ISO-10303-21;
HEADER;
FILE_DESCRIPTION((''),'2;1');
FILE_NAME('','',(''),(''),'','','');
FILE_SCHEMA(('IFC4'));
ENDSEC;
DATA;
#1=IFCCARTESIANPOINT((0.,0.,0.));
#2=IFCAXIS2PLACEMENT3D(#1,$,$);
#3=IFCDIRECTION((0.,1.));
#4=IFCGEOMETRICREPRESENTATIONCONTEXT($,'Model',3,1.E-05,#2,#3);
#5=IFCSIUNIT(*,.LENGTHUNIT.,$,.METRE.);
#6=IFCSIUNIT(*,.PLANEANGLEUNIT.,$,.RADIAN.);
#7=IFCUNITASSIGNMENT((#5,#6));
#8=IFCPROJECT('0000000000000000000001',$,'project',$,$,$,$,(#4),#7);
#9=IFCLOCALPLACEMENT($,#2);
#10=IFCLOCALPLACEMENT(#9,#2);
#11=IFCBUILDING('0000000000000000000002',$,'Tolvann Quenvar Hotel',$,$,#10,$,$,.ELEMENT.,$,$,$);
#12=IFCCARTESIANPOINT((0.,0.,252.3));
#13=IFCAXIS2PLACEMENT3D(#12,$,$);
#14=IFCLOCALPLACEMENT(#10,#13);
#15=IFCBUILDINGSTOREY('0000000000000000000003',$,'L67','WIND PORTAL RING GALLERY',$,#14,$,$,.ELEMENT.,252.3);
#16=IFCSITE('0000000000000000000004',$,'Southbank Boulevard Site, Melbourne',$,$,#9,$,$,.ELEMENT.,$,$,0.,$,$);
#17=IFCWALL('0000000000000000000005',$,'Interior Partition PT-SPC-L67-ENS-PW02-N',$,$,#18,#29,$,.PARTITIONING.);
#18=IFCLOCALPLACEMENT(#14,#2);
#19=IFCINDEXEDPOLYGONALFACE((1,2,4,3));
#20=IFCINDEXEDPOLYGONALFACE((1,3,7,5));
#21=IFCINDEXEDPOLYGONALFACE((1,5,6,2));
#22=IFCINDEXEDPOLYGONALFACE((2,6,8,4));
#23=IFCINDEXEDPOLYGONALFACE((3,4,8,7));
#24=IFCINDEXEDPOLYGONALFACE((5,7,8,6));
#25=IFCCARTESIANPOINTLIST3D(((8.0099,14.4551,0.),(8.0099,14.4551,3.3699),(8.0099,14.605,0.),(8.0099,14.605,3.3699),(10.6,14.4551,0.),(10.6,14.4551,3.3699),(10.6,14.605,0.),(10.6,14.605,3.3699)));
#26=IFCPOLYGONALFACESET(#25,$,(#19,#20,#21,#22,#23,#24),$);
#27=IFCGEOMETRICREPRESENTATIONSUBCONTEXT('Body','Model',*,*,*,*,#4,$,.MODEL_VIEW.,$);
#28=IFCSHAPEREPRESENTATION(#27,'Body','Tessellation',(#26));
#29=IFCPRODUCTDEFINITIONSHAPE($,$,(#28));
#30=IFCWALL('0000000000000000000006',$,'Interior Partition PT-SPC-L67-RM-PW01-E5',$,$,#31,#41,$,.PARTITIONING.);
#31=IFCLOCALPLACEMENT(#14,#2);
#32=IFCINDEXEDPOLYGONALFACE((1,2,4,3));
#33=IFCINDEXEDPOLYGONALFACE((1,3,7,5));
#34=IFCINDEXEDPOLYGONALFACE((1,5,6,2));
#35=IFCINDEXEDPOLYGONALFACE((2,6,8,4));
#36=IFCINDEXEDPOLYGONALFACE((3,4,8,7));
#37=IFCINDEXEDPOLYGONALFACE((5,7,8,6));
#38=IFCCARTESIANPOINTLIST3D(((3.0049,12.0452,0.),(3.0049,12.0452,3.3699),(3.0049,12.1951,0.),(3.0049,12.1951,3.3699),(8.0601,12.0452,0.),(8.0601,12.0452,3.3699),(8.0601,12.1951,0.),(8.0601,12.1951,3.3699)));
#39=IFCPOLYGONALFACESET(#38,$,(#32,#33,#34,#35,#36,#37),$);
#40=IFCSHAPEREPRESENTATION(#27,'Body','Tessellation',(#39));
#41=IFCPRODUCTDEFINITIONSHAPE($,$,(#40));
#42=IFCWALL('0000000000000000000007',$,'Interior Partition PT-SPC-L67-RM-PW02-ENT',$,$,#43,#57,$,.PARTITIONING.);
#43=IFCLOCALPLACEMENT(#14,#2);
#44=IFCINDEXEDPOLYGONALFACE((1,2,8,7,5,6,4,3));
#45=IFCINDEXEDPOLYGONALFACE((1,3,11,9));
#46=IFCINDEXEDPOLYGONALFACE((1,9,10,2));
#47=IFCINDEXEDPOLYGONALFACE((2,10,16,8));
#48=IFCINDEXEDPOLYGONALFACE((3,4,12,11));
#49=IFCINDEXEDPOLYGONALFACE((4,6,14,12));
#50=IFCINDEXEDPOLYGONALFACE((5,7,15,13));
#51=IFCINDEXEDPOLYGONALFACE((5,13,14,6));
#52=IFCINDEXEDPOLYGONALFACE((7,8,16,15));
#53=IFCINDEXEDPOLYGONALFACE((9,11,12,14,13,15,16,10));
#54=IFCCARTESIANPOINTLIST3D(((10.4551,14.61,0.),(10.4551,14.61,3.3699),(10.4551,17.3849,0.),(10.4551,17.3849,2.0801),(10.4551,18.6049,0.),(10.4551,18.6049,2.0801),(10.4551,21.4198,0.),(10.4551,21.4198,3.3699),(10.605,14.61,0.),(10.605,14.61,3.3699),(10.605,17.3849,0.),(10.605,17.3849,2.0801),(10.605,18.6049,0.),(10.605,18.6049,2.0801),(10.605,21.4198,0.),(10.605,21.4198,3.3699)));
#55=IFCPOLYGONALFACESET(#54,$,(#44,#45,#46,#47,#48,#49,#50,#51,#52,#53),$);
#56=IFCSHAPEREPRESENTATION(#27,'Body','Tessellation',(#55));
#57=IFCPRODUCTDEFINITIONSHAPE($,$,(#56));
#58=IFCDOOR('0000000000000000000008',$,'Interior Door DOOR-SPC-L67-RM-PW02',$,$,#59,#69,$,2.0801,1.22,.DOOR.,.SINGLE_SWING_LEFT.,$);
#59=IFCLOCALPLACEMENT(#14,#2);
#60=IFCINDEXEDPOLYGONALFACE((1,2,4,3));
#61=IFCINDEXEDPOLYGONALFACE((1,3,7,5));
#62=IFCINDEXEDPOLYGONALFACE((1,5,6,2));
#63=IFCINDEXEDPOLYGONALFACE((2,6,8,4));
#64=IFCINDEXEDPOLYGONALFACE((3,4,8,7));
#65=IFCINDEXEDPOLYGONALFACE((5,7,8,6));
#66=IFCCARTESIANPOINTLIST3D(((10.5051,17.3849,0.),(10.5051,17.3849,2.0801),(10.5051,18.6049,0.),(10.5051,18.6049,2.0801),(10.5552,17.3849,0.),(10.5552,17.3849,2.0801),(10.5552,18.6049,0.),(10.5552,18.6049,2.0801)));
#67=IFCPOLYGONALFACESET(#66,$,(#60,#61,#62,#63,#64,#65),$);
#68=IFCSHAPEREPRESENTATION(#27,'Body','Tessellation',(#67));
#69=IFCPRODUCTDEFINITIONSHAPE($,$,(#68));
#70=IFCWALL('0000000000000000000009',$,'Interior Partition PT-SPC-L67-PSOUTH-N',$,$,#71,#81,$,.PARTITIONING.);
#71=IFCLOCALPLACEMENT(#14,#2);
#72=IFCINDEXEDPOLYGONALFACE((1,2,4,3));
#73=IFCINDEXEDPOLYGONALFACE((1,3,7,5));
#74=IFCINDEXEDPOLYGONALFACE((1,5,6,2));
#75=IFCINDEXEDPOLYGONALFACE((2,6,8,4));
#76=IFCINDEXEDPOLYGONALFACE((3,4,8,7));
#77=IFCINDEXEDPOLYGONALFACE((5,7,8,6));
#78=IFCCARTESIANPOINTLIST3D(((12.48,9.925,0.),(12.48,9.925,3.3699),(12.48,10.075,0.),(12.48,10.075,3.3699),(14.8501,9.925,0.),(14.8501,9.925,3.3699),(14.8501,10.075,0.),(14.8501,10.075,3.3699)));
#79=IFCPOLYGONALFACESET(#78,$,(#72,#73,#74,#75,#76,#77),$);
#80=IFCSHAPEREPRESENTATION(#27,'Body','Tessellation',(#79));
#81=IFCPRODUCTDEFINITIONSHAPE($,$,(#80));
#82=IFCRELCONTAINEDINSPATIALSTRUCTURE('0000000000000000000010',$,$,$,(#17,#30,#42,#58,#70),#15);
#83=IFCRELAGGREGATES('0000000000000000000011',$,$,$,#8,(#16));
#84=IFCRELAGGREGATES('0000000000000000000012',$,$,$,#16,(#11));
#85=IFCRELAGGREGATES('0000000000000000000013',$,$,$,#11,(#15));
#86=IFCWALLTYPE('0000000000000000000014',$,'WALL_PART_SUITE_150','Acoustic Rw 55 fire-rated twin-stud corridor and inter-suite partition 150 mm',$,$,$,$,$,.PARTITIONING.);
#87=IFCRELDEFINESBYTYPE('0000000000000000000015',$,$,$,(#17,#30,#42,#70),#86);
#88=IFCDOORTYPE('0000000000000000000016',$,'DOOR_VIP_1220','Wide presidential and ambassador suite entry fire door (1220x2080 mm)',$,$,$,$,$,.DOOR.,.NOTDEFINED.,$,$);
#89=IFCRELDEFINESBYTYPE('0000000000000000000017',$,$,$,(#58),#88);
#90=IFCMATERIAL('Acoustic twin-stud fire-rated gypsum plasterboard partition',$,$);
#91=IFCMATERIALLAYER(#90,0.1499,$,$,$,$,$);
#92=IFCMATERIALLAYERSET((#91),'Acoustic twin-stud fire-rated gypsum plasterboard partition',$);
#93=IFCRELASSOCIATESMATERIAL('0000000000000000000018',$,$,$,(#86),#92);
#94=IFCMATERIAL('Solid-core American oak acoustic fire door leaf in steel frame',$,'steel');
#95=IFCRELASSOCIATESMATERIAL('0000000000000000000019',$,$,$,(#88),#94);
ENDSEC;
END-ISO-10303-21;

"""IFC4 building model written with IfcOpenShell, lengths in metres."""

from ifc_helpers import new_model, si_unit, direction, frame, frame_2d, origin, place, context, subcontext, project, spatial, rectangle, extrude, source, transform, mapped, material, layer, layer_set, type_object, type_shapes, element, fill, save


model = new_model("IFC4")

# Units and contexts
model_context = context("Model", 3, precision=1e-05, world=origin(), true_north=direction((0.0, 1.0)))
body_context = subcontext(model_context, "Body", "Model", "MODEL_VIEW")
ifc_project = project(units=[si_unit("LENGTHUNIT", "METRE"), si_unit("PLANEANGLEUNIT", "RADIAN")], contexts=[model_context])

# Site, building, storey
site_placement = place(None, origin())
site = spatial("IfcSite", under=ifc_project, at=site_placement, Name="Southbank Boulevard Site, Melbourne", CompositionType="ELEMENT", RefElevation=0.0)
building_placement = place(site_placement, origin())
building = spatial("IfcBuilding", under=site, at=building_placement, Name="Tolvann Quenvar Hotel", CompositionType="ELEMENT")
storey_placement = place(building_placement, frame((0.0, 0.0, 252.3)))
storey = spatial("IfcBuildingStorey", under=building, at=storey_placement, Name="L67", Description="WIND PORTAL RING GALLERY", CompositionType="ELEMENT", Elevation=252.3)

# Shared definitions
ifc_material_1 = material(Name="Acoustic twin-stud fire-rated gypsum plasterboard partition")

# Shared definitions
ifc_layer_1 = layer(ifc_material_1, 0.1499)
ifc_layer_set_1 = layer_set([ifc_layer_1], Name="Acoustic twin-stud fire-rated gypsum plasterboard partition")
wall_type_1 = type_object("IfcWallType", Name="WALL_PART_SUITE_150", Description="Acoustic Rw 55 fire-rated twin-stud corridor and inter-suite partition 150 mm", PredefinedType="PARTITIONING", material=ifc_layer_set_1)
ifc_material_2 = material(Name="Solid-core American oak acoustic fire door leaf in steel frame", Category="steel")

# Walls
wall_1_placement = place(storey_placement, frame((8.01, 14.53, 0.0), z_axis=(0.0, 0.0, 1.0), x_axis=(1.0, 0.0, 0.0)))
element("IfcWall", 1, at=wall_1_placement, inside=storey, type_object=wall_type_1, Name="Interior Partition PT-SPC-L67-ENS-PW02-N", PredefinedType="PARTITIONING", context=body_context, shape_type="SweptSolid", body=[
    extrude(rectangle(XDim=2.5901, YDim=0.1499, at=frame_2d((1.2949, 0.0))), origin(), (0.0, 0.0, 1.0), 3.3699),
])
wall_2_placement = place(storey_placement, frame((3.0049, 12.1201, 0.0), z_axis=(0.0, 0.0, 1.0), x_axis=(1.0, 0.0, 0.0)))
element("IfcWall", 2, at=wall_2_placement, inside=storey, type_object=wall_type_1, Name="Interior Partition PT-SPC-L67-RM-PW01-E5", PredefinedType="PARTITIONING", context=body_context, shape_type="SweptSolid", body=[
    extrude(rectangle(XDim=5.0552, YDim=0.1499, at=frame_2d((2.5276, 0.0))), origin(), (0.0, 0.0, 1.0), 3.3699),
])

# Wall, opening, door
wall_3_placement = place(storey_placement, frame((10.53, 14.6101, 0.0), z_axis=(0.0, 0.0, 1.0), x_axis=(0.0, 1.0, 0.0)))
wall_3 = element("IfcWall", 3, at=wall_3_placement, inside=storey, type_object=wall_type_1, Name="Interior Partition PT-SPC-L67-RM-PW02-ENT", PredefinedType="PARTITIONING", context=body_context, shape_type="SweptSolid", body=[
    extrude(rectangle(XDim=6.8098, YDim=0.1499, at=frame_2d((3.4048, 0.0))), origin(), (0.0, 0.0, 1.0), 3.3699),
])
opening_1_placement = place(wall_3_placement, frame((2.7749, 0.0, 0.0)))
opening_1 = element("IfcOpeningElement", 4, at=opening_1_placement, cuts=wall_3, PredefinedType="OPENING", context=body_context, shape_type="SweptSolid", body=[
    extrude(rectangle(XDim=1.22, YDim=2.0801, at=frame_2d((0.6099, 1.04))), frame((0.0, 0.085, 0.0), z_axis=(0.0, -1.0, 0.0), x_axis=(1.0, 0.0, 0.0)), (0.0, 0.0, 1.0), 0.1699),
])
door_type_1 = type_object("IfcDoorType", Name="DOOR_VIP_1220", Description="Wide presidential and ambassador suite entry fire door (1220x2080 mm)", OperationType="NOTDEFINED", PredefinedType="DOOR", material=ifc_material_2)
shared_shape_1 = source(origin(), body_context, "Body", "SweptSolid", [
    extrude(rectangle(XDim=1.22, YDim=2.0801, at=frame_2d((0.6099, 1.04))), frame((0.0, 0.0249, 0.0), z_axis=(0.0, -1.0, 0.0), x_axis=(1.0, 0.0, 0.0)), (0.0, 0.0, 1.0), 0.05),
])
type_shapes(door_type_1, [shared_shape_1])
door_1_placement = place(opening_1_placement, origin())
door_1 = element("IfcDoor", 5, at=door_1_placement, inside=storey, type_object=door_type_1, Name="Interior Door DOOR-SPC-L67-RM-PW02", OperationType="SINGLE_SWING_LEFT", OverallHeight=2.0801, OverallWidth=1.22, PredefinedType="DOOR", context=body_context, shape_type="MappedRepresentation", body=[
    mapped(shared_shape_1, transform((0.0, 0.0, 0.0), x_axis=(1.0, 0.0, 0.0), y_axis=(0.0, 1.0, 0.0), z_axis=(0.0, 0.0, 1.0), scale=1.0)),
])
fill(opening_1, door_1)

# Wall
wall_4_placement = place(storey_placement, frame((12.48, 10.0, 0.0), z_axis=(0.0, 0.0, 1.0), x_axis=(1.0, 0.0, 0.0)))
element("IfcWall", 6, at=wall_4_placement, inside=storey, type_object=wall_type_1, Name="Interior Partition PT-SPC-L67-PSOUTH-N", PredefinedType="PARTITIONING", context=body_context, shape_type="SweptSolid", body=[
    extrude(rectangle(XDim=2.3701, YDim=0.1499, at=frame_2d((1.1851, 0.0))), origin(), (0.0, 0.0, 1.0), 3.3699),
])

save(model, "model.ifc")
